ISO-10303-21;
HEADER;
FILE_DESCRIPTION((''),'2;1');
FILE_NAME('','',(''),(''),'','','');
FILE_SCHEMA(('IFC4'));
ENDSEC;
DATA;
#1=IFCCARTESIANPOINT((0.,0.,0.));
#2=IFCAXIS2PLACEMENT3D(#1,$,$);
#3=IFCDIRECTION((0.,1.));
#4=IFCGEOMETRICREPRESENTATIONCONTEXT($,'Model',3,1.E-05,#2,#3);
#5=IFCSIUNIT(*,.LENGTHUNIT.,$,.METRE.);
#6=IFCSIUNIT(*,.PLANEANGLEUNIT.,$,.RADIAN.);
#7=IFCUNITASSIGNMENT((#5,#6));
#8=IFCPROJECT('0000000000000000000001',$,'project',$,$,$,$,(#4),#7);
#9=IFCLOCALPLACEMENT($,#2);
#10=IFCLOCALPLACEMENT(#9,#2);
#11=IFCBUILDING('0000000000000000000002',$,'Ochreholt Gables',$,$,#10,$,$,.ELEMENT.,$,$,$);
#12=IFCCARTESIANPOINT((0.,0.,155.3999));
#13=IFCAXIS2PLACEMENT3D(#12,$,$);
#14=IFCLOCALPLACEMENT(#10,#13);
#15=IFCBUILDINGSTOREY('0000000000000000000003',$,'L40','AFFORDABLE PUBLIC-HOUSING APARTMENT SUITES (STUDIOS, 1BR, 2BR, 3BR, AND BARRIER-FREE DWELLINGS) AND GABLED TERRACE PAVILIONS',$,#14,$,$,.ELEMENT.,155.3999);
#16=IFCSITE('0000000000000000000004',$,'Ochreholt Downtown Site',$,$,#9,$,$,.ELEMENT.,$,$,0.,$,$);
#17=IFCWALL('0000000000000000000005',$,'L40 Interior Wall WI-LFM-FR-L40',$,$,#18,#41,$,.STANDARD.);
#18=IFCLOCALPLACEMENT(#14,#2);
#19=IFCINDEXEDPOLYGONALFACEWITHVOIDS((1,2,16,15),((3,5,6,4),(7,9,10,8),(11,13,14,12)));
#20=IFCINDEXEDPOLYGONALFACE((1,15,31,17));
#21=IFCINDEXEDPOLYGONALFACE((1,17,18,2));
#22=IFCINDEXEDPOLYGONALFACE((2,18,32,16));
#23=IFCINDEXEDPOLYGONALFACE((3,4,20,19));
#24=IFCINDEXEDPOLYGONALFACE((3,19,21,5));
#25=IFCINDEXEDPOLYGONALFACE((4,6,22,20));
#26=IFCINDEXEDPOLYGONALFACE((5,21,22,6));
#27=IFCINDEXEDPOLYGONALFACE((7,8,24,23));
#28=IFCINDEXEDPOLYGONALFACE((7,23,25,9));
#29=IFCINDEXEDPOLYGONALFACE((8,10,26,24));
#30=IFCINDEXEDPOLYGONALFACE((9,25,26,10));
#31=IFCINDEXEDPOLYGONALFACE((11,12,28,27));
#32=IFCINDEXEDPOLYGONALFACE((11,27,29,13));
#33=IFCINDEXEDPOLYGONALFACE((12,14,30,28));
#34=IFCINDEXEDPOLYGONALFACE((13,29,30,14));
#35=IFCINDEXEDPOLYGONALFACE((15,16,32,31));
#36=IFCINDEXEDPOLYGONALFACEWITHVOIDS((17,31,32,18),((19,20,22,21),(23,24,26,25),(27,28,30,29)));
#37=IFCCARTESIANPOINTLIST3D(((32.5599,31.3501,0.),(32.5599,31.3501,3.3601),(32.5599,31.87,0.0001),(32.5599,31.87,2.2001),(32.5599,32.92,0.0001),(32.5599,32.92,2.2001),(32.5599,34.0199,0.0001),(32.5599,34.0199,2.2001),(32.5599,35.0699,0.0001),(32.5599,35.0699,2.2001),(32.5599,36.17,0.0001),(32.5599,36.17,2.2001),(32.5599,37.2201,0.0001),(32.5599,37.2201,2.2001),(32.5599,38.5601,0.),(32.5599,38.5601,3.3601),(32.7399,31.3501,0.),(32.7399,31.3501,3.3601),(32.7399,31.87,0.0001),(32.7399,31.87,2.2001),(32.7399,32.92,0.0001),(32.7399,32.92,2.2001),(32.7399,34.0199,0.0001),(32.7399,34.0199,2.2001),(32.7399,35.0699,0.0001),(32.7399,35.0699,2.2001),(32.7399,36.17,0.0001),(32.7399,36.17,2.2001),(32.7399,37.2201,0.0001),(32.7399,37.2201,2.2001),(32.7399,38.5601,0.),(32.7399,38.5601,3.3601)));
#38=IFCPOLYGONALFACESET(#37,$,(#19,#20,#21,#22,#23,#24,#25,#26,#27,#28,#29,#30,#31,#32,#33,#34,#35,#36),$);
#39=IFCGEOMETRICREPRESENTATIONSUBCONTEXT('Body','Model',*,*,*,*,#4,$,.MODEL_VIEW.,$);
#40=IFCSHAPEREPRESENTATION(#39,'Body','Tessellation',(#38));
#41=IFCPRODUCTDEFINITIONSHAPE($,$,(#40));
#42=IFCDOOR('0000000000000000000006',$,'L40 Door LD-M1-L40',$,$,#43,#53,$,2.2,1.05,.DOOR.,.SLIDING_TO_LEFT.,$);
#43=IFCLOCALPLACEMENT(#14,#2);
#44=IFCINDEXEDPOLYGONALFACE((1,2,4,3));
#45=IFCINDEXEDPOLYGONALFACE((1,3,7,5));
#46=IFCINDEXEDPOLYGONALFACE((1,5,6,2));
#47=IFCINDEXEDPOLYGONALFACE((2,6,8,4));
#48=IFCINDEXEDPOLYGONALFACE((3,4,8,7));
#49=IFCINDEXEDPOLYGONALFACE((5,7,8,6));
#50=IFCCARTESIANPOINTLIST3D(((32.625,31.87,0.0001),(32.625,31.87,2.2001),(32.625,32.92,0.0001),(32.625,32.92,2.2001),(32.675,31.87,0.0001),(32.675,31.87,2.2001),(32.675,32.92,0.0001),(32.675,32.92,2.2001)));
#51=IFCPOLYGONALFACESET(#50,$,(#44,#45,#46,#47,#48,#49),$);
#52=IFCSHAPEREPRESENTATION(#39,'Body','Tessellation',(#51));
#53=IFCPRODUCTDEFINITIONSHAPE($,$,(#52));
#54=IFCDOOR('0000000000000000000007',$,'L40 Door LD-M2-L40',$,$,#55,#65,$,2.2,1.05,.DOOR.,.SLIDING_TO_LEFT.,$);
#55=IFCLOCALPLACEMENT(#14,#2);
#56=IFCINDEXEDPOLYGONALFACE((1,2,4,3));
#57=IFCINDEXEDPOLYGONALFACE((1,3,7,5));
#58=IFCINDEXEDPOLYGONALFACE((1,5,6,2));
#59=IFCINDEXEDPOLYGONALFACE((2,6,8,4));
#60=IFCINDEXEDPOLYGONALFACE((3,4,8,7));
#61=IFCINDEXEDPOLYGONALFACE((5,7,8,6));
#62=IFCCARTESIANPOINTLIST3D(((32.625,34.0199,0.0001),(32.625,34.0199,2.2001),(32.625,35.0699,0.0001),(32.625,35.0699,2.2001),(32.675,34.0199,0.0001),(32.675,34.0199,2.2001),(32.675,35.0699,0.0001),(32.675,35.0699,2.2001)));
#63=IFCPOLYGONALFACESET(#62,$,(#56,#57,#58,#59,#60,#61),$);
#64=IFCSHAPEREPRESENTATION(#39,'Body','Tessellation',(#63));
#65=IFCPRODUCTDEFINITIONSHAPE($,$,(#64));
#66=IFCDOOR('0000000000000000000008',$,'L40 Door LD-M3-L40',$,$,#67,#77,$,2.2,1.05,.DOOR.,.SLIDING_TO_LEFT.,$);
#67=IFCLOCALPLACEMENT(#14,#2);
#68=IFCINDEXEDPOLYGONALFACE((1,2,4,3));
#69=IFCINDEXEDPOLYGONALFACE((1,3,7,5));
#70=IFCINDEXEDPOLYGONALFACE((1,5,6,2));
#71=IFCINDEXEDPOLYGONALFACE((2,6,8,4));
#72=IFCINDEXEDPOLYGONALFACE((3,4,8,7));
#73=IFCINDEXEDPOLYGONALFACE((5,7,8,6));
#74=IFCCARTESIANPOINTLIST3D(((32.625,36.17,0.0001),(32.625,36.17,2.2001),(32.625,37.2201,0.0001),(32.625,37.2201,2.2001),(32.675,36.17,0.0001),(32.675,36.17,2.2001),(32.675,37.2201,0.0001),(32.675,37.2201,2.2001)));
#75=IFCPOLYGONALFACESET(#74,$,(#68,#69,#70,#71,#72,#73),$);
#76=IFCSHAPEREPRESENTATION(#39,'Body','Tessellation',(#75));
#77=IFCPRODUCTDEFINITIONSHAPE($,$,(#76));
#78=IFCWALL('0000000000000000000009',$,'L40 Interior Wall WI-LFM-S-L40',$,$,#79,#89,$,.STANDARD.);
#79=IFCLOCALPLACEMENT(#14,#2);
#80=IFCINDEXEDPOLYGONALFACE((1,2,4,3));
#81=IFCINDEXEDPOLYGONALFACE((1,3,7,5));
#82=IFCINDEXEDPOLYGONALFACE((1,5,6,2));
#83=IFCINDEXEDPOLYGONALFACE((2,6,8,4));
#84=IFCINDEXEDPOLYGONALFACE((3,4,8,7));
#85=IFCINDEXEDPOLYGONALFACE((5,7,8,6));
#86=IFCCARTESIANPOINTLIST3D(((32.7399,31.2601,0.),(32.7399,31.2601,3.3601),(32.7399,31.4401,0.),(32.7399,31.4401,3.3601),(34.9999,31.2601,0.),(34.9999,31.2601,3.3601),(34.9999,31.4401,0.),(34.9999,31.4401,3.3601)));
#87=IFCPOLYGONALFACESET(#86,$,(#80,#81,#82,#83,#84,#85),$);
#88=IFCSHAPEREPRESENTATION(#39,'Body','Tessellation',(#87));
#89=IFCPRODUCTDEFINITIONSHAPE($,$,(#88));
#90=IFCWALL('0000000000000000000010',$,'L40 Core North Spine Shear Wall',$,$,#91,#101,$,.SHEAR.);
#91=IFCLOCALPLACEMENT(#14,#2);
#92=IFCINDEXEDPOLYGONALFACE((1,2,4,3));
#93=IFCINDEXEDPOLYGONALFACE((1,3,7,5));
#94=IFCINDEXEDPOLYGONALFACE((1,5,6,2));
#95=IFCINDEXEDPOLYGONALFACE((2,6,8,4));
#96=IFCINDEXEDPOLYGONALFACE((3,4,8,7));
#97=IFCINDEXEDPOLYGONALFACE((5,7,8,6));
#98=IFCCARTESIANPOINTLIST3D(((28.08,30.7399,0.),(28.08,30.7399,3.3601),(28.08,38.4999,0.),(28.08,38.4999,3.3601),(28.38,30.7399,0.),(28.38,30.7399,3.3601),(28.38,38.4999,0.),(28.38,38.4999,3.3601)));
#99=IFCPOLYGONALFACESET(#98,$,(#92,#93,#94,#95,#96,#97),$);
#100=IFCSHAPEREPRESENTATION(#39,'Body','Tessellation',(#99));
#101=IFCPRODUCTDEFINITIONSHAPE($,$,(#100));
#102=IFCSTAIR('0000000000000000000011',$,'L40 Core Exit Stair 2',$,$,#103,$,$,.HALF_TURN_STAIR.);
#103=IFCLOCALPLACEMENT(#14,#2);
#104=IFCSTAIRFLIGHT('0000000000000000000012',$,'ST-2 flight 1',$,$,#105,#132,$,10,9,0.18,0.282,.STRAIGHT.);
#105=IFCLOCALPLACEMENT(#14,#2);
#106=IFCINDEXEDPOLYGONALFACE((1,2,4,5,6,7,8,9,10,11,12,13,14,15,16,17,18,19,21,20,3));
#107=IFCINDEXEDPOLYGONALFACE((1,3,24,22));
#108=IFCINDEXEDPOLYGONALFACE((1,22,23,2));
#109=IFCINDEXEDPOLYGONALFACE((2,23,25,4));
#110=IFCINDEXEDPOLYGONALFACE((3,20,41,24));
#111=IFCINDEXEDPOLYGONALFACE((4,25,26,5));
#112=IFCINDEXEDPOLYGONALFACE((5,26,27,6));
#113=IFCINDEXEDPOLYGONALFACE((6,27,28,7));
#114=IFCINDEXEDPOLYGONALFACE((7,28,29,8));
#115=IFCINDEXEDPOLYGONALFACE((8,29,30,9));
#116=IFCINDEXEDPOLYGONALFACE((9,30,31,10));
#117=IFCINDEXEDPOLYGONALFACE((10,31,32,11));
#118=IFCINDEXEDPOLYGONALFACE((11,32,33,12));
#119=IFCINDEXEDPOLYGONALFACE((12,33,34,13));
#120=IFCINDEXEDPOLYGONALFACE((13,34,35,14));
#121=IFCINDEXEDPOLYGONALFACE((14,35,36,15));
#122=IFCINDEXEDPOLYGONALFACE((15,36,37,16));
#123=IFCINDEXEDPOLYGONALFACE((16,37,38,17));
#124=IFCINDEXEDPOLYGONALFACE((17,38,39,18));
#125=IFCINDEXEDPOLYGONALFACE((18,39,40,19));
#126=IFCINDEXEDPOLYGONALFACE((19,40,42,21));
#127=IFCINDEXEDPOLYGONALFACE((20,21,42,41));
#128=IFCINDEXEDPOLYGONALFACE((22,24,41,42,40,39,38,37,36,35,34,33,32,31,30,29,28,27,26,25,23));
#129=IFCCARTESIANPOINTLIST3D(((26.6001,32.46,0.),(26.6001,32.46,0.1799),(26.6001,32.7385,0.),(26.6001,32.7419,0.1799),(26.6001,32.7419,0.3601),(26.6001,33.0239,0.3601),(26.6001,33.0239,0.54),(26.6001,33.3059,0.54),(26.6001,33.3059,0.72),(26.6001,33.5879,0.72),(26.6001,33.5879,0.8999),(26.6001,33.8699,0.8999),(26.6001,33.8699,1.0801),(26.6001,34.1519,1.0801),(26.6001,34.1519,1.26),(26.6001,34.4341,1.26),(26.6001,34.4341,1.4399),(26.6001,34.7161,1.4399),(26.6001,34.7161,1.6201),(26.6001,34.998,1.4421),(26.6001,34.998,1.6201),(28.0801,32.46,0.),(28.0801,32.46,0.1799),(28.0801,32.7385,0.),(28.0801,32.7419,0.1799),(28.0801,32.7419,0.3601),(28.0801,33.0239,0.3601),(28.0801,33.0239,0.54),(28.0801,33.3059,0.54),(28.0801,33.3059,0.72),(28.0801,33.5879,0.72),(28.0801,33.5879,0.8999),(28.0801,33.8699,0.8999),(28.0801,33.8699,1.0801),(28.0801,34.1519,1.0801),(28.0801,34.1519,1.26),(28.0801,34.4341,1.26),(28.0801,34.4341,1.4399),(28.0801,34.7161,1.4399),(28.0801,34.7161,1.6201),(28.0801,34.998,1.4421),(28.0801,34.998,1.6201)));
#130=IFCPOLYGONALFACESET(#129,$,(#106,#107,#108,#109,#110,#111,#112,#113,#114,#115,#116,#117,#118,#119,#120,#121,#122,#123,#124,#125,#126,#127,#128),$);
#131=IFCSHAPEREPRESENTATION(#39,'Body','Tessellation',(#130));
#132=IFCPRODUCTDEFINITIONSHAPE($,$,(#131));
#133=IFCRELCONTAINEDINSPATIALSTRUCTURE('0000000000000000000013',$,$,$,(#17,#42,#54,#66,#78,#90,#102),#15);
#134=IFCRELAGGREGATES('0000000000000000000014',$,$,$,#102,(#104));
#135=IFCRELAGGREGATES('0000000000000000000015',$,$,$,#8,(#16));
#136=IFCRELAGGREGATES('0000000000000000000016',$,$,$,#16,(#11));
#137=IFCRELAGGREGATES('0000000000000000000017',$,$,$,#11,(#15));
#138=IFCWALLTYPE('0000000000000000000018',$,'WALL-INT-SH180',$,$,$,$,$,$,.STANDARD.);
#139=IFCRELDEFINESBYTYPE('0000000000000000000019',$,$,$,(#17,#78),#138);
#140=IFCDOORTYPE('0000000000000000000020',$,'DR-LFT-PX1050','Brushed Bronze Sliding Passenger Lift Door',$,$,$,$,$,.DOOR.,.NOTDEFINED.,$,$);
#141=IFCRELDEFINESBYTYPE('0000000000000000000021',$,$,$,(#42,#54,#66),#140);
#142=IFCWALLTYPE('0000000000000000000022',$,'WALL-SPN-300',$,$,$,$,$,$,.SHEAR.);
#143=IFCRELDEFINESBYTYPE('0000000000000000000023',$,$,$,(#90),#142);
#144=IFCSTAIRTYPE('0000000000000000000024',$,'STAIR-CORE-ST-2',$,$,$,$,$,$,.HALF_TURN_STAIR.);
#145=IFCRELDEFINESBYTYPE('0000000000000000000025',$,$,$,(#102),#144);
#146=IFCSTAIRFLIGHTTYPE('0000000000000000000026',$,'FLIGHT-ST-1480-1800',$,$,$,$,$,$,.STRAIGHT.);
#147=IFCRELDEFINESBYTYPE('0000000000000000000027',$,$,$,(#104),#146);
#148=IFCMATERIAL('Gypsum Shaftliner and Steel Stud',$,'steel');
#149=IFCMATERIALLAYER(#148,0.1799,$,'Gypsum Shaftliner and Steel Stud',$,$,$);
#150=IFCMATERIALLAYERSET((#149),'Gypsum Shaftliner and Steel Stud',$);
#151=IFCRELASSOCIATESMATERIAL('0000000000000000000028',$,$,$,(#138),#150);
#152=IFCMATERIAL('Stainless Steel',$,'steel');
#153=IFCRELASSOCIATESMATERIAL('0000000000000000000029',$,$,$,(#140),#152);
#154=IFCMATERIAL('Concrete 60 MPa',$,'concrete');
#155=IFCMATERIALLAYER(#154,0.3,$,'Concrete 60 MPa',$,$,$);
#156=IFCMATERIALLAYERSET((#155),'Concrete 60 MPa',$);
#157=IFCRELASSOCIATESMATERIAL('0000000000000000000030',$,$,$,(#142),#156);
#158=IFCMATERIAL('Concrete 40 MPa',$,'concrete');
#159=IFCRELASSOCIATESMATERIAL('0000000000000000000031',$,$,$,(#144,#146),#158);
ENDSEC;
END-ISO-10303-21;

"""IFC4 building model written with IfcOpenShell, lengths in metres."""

from ifc_helpers import new_model, si_unit, direction, frame, frame_2d, origin, place, context, subcontext, project, spatial, polyline, rectangle, outline, extrude, material, layer, layer_set, type_object, element, fill, aggregate, save


model = new_model("IFC4")

# Units and contexts
model_context = context("Model", 3, precision=1e-05, world=origin(), true_north=direction((0.0, 1.0)))
body_context = subcontext(model_context, "Body", "Model", "MODEL_VIEW")
ifc_project = project(units=[si_unit("LENGTHUNIT", "METRE"), si_unit("PLANEANGLEUNIT", "RADIAN")], contexts=[model_context])

# Site, building, storey
site_placement = place(None, origin())
site = spatial("IfcSite", under=ifc_project, at=site_placement, Name="Ochreholt Downtown Site", CompositionType="ELEMENT", RefElevation=0.0)
building_placement = place(site_placement, origin())
building = spatial("IfcBuilding", under=site, at=building_placement, Name="Ochreholt Gables", CompositionType="ELEMENT")
storey_placement = place(building_placement, frame((0.0, 0.0, 155.3999)))
storey = spatial("IfcBuildingStorey", under=building, at=storey_placement, Name="L40", Description="AFFORDABLE PUBLIC-HOUSING APARTMENT SUITES (STUDIOS, 1BR, 2BR, 3BR, AND BARRIER-FREE DWELLINGS) AND GABLED TERRACE PAVILIONS", CompositionType="ELEMENT", Elevation=155.3999)

# Shared definitions
ifc_material_1 = material(Name="Concrete 40 MPa", Category="concrete")

# Shared definitions
ifc_material_2 = material(Name="Gypsum Shaftliner and Steel Stud", Category="steel")
ifc_layer_1 = layer(ifc_material_2, 0.1799, Name="Gypsum Shaftliner and Steel Stud")
ifc_layer_set_1 = layer_set([ifc_layer_1], Name="Gypsum Shaftliner and Steel Stud")
wall_type_1 = type_object("IfcWallType", Name="WALL-INT-SH180", PredefinedType="STANDARD", material=ifc_layer_set_1)

# Wall, openings, doors
wall_1_placement = place(storey_placement, frame((32.6499, 31.3501, 0.0), z_axis=(0.0, 0.0, 1.0), x_axis=(0.0, 1.0, 0.0)))
wall_1 = element("IfcWall", 1, at=wall_1_placement, inside=storey, type_object=wall_type_1, Name="L40 Interior Wall WI-LFM-FR-L40", PredefinedType="STANDARD", context=body_context, shape_type="SweptSolid", body=[
    extrude(rectangle(XDim=7.21, YDim=0.1799, at=frame_2d((3.605, 0.0))), origin(), (0.0, 0.0, 1.0), 3.3601),
])
opening_1_placement = place(wall_1_placement, frame((0.52, 0.0, 0.0)))
opening_1 = element("IfcOpeningElement", 2, at=opening_1_placement, cuts=wall_1, PredefinedType="OPENING", context=body_context, shape_type="SweptSolid", body=[
    extrude(rectangle(XDim=1.05, YDim=2.2, at=frame_2d((0.5249, 1.1001))), frame((0.0, 0.0999, 0.0), z_axis=(0.0, -1.0, 0.0), x_axis=(1.0, 0.0, 0.0)), (0.0, 0.0, 1.0), 0.2),
])
opening_2_placement = place(wall_1_placement, frame((2.6699, 0.0, 0.0)))
opening_2 = element("IfcOpeningElement", 3, at=opening_2_placement, cuts=wall_1, PredefinedType="OPENING", context=body_context, shape_type="SweptSolid", body=[
    extrude(rectangle(XDim=1.05, YDim=2.2, at=frame_2d((0.5249, 1.1001))), frame((0.0, 0.0999, 0.0), z_axis=(0.0, -1.0, 0.0), x_axis=(1.0, 0.0, 0.0)), (0.0, 0.0, 1.0), 0.2),
])
opening_3_placement = place(wall_1_placement, frame((4.8201, 0.0, 0.0)))
opening_3 = element("IfcOpeningElement", 4, at=opening_3_placement, cuts=wall_1, PredefinedType="OPENING", context=body_context, shape_type="SweptSolid", body=[
    extrude(rectangle(XDim=1.05, YDim=2.2, at=frame_2d((0.5249, 1.1001))), frame((0.0, 0.0999, 0.0), z_axis=(0.0, -1.0, 0.0), x_axis=(1.0, 0.0, 0.0)), (0.0, 0.0, 1.0), 0.2),
])
ifc_material_3 = material(Name="Stainless Steel", Category="steel")
door_type_1 = type_object("IfcDoorType", Name="DR-LFT-PX1050", Description="Brushed Bronze Sliding Passenger Lift Door", OperationType="NOTDEFINED", PredefinedType="DOOR", material=ifc_material_3)
door_1_placement = place(opening_1_placement, origin())
door_1 = element("IfcDoor", 5, at=door_1_placement, inside=storey, type_object=door_type_1, Name="L40 Door LD-M1-L40", OperationType="SLIDING_TO_LEFT", OverallHeight=2.2, OverallWidth=1.05, PredefinedType="DOOR", context=body_context, shape_type="SweptSolid", body=[
    extrude(rectangle(XDim=1.05, YDim=2.2, at=frame_2d((0.5249, 1.1001))), frame((0.0, 0.0249, 0.0), z_axis=(0.0, -1.0, 0.0), x_axis=(1.0, 0.0, 0.0)), (0.0, 0.0, 1.0), 0.05),
])
fill(opening_1, door_1)
door_2_placement = place(opening_2_placement, origin())
door_2 = element("IfcDoor", 6, at=door_2_placement, inside=storey, type_object=door_type_1, Name="L40 Door LD-M2-L40", OperationType="SLIDING_TO_LEFT", OverallHeight=2.2, OverallWidth=1.05, PredefinedType="DOOR", context=body_context, shape_type="SweptSolid", body=[
    extrude(rectangle(XDim=1.05, YDim=2.2, at=frame_2d((0.5249, 1.1001))), frame((0.0, 0.0249, 0.0), z_axis=(0.0, -1.0, 0.0), x_axis=(1.0, 0.0, 0.0)), (0.0, 0.0, 1.0), 0.05),
])
fill(opening_2, door_2)
door_3_placement = place(opening_3_placement, origin())
door_3 = element("IfcDoor", 7, at=door_3_placement, inside=storey, type_object=door_type_1, Name="L40 Door LD-M3-L40", OperationType="SLIDING_TO_LEFT", OverallHeight=2.2, OverallWidth=1.05, PredefinedType="DOOR", context=body_context, shape_type="SweptSolid", body=[
    extrude(rectangle(XDim=1.05, YDim=2.2, at=frame_2d((0.5249, 1.1001))), frame((0.0, 0.0249, 0.0), z_axis=(0.0, -1.0, 0.0), x_axis=(1.0, 0.0, 0.0)), (0.0, 0.0, 1.0), 0.05),
])
fill(opening_3, door_3)

# Walls
wall_2_placement = place(storey_placement, frame((32.74, 31.3501, 0.0), z_axis=(0.0, 0.0, 1.0), x_axis=(1.0, 0.0, 0.0)))
element("IfcWall", 8, at=wall_2_placement, inside=storey, type_object=wall_type_1, Name="L40 Interior Wall WI-LFM-S-L40", PredefinedType="STANDARD", context=body_context, shape_type="SweptSolid", body=[
    extrude(rectangle(XDim=2.26, YDim=0.1799, at=frame_2d((1.1299, 0.0))), origin(), (0.0, 0.0, 1.0), 3.3601),
])
ifc_material_4 = material(Name="Concrete 60 MPa", Category="concrete")
ifc_layer_2 = layer(ifc_material_4, 0.3, Name="Concrete 60 MPa")
ifc_layer_set_2 = layer_set([ifc_layer_2], Name="Concrete 60 MPa")
wall_type_2 = type_object("IfcWallType", Name="WALL-SPN-300", PredefinedType="SHEAR", material=ifc_layer_set_2)
wall_3_placement = place(storey_placement, frame((28.23, 30.74, 0.0), z_axis=(0.0, 0.0, 1.0), x_axis=(0.0, 1.0, 0.0)))
element("IfcWall", 9, at=wall_3_placement, inside=storey, type_object=wall_type_2, Name="L40 Core North Spine Shear Wall", PredefinedType="SHEAR", context=body_context, shape_type="SweptSolid", body=[
    extrude(rectangle(XDim=7.76, YDim=0.3, at=frame_2d((3.8799, 0.0))), origin(), (0.0, 0.0, 1.0), 3.3601),
])

# Stair, stair flight
stair_type = type_object("IfcStairType", Name="STAIR-CORE-ST-2", PredefinedType="HALF_TURN_STAIR", material=ifc_material_1)
stair_placement = place(storey_placement, origin())
stair = element("IfcStair", 10, at=stair_placement, inside=storey, type_object=stair_type, Name="L40 Core Exit Stair 2", PredefinedType="HALF_TURN_STAIR")
stair_flight_type = type_object("IfcStairFlightType", Name="FLIGHT-ST-1480-1800", PredefinedType="STRAIGHT", material=ifc_material_1)
stair_flight_placement = place(storey_placement, frame((27.3401, 32.46, 0.0), z_axis=(0.0, 0.0, 1.0), x_axis=(0.0, 1.0, 0.0)))
stair_flight = element("IfcStairFlight", 11, at=stair_flight_placement, type_object=stair_flight_type, Name="ST-2 flight 1", NumberOfRisers=10, NumberOfTreads=9, PredefinedType="STRAIGHT", RiserHeight=0.18, TreadLength=0.282, context=body_context, shape_type="SweptSolid", body=[
    extrude(outline(polyline([(0.0, 0.0), (0.0, 0.1799), (0.282, 0.1799), (0.282, 0.3601), (0.564, 0.3601), (0.564, 0.54), (0.8459, 0.54), (0.8459, 0.72), (1.1279, 0.72), (1.1279, 0.8999), (1.4099, 0.8999), (1.4099, 1.0801), (1.6919, 1.0801), (1.6919, 1.26), (1.9741, 1.26), (1.9741, 1.4399), (2.2561, 1.4399), (2.2561, 1.6201), (2.5381, 1.6201), (2.5381, 1.8), (2.5381, 1.4421), (0.2786, 0.0), (0.0, 0.0)])), frame((0.0, 0.74, 0.0), z_axis=(0.0, -1.0, 0.0), x_axis=(1.0, 0.0, 0.0)), (0.0, 0.0, 1.0), 1.48),
])
aggregate(stair, [stair_flight])

save(model, "model.ifc")
